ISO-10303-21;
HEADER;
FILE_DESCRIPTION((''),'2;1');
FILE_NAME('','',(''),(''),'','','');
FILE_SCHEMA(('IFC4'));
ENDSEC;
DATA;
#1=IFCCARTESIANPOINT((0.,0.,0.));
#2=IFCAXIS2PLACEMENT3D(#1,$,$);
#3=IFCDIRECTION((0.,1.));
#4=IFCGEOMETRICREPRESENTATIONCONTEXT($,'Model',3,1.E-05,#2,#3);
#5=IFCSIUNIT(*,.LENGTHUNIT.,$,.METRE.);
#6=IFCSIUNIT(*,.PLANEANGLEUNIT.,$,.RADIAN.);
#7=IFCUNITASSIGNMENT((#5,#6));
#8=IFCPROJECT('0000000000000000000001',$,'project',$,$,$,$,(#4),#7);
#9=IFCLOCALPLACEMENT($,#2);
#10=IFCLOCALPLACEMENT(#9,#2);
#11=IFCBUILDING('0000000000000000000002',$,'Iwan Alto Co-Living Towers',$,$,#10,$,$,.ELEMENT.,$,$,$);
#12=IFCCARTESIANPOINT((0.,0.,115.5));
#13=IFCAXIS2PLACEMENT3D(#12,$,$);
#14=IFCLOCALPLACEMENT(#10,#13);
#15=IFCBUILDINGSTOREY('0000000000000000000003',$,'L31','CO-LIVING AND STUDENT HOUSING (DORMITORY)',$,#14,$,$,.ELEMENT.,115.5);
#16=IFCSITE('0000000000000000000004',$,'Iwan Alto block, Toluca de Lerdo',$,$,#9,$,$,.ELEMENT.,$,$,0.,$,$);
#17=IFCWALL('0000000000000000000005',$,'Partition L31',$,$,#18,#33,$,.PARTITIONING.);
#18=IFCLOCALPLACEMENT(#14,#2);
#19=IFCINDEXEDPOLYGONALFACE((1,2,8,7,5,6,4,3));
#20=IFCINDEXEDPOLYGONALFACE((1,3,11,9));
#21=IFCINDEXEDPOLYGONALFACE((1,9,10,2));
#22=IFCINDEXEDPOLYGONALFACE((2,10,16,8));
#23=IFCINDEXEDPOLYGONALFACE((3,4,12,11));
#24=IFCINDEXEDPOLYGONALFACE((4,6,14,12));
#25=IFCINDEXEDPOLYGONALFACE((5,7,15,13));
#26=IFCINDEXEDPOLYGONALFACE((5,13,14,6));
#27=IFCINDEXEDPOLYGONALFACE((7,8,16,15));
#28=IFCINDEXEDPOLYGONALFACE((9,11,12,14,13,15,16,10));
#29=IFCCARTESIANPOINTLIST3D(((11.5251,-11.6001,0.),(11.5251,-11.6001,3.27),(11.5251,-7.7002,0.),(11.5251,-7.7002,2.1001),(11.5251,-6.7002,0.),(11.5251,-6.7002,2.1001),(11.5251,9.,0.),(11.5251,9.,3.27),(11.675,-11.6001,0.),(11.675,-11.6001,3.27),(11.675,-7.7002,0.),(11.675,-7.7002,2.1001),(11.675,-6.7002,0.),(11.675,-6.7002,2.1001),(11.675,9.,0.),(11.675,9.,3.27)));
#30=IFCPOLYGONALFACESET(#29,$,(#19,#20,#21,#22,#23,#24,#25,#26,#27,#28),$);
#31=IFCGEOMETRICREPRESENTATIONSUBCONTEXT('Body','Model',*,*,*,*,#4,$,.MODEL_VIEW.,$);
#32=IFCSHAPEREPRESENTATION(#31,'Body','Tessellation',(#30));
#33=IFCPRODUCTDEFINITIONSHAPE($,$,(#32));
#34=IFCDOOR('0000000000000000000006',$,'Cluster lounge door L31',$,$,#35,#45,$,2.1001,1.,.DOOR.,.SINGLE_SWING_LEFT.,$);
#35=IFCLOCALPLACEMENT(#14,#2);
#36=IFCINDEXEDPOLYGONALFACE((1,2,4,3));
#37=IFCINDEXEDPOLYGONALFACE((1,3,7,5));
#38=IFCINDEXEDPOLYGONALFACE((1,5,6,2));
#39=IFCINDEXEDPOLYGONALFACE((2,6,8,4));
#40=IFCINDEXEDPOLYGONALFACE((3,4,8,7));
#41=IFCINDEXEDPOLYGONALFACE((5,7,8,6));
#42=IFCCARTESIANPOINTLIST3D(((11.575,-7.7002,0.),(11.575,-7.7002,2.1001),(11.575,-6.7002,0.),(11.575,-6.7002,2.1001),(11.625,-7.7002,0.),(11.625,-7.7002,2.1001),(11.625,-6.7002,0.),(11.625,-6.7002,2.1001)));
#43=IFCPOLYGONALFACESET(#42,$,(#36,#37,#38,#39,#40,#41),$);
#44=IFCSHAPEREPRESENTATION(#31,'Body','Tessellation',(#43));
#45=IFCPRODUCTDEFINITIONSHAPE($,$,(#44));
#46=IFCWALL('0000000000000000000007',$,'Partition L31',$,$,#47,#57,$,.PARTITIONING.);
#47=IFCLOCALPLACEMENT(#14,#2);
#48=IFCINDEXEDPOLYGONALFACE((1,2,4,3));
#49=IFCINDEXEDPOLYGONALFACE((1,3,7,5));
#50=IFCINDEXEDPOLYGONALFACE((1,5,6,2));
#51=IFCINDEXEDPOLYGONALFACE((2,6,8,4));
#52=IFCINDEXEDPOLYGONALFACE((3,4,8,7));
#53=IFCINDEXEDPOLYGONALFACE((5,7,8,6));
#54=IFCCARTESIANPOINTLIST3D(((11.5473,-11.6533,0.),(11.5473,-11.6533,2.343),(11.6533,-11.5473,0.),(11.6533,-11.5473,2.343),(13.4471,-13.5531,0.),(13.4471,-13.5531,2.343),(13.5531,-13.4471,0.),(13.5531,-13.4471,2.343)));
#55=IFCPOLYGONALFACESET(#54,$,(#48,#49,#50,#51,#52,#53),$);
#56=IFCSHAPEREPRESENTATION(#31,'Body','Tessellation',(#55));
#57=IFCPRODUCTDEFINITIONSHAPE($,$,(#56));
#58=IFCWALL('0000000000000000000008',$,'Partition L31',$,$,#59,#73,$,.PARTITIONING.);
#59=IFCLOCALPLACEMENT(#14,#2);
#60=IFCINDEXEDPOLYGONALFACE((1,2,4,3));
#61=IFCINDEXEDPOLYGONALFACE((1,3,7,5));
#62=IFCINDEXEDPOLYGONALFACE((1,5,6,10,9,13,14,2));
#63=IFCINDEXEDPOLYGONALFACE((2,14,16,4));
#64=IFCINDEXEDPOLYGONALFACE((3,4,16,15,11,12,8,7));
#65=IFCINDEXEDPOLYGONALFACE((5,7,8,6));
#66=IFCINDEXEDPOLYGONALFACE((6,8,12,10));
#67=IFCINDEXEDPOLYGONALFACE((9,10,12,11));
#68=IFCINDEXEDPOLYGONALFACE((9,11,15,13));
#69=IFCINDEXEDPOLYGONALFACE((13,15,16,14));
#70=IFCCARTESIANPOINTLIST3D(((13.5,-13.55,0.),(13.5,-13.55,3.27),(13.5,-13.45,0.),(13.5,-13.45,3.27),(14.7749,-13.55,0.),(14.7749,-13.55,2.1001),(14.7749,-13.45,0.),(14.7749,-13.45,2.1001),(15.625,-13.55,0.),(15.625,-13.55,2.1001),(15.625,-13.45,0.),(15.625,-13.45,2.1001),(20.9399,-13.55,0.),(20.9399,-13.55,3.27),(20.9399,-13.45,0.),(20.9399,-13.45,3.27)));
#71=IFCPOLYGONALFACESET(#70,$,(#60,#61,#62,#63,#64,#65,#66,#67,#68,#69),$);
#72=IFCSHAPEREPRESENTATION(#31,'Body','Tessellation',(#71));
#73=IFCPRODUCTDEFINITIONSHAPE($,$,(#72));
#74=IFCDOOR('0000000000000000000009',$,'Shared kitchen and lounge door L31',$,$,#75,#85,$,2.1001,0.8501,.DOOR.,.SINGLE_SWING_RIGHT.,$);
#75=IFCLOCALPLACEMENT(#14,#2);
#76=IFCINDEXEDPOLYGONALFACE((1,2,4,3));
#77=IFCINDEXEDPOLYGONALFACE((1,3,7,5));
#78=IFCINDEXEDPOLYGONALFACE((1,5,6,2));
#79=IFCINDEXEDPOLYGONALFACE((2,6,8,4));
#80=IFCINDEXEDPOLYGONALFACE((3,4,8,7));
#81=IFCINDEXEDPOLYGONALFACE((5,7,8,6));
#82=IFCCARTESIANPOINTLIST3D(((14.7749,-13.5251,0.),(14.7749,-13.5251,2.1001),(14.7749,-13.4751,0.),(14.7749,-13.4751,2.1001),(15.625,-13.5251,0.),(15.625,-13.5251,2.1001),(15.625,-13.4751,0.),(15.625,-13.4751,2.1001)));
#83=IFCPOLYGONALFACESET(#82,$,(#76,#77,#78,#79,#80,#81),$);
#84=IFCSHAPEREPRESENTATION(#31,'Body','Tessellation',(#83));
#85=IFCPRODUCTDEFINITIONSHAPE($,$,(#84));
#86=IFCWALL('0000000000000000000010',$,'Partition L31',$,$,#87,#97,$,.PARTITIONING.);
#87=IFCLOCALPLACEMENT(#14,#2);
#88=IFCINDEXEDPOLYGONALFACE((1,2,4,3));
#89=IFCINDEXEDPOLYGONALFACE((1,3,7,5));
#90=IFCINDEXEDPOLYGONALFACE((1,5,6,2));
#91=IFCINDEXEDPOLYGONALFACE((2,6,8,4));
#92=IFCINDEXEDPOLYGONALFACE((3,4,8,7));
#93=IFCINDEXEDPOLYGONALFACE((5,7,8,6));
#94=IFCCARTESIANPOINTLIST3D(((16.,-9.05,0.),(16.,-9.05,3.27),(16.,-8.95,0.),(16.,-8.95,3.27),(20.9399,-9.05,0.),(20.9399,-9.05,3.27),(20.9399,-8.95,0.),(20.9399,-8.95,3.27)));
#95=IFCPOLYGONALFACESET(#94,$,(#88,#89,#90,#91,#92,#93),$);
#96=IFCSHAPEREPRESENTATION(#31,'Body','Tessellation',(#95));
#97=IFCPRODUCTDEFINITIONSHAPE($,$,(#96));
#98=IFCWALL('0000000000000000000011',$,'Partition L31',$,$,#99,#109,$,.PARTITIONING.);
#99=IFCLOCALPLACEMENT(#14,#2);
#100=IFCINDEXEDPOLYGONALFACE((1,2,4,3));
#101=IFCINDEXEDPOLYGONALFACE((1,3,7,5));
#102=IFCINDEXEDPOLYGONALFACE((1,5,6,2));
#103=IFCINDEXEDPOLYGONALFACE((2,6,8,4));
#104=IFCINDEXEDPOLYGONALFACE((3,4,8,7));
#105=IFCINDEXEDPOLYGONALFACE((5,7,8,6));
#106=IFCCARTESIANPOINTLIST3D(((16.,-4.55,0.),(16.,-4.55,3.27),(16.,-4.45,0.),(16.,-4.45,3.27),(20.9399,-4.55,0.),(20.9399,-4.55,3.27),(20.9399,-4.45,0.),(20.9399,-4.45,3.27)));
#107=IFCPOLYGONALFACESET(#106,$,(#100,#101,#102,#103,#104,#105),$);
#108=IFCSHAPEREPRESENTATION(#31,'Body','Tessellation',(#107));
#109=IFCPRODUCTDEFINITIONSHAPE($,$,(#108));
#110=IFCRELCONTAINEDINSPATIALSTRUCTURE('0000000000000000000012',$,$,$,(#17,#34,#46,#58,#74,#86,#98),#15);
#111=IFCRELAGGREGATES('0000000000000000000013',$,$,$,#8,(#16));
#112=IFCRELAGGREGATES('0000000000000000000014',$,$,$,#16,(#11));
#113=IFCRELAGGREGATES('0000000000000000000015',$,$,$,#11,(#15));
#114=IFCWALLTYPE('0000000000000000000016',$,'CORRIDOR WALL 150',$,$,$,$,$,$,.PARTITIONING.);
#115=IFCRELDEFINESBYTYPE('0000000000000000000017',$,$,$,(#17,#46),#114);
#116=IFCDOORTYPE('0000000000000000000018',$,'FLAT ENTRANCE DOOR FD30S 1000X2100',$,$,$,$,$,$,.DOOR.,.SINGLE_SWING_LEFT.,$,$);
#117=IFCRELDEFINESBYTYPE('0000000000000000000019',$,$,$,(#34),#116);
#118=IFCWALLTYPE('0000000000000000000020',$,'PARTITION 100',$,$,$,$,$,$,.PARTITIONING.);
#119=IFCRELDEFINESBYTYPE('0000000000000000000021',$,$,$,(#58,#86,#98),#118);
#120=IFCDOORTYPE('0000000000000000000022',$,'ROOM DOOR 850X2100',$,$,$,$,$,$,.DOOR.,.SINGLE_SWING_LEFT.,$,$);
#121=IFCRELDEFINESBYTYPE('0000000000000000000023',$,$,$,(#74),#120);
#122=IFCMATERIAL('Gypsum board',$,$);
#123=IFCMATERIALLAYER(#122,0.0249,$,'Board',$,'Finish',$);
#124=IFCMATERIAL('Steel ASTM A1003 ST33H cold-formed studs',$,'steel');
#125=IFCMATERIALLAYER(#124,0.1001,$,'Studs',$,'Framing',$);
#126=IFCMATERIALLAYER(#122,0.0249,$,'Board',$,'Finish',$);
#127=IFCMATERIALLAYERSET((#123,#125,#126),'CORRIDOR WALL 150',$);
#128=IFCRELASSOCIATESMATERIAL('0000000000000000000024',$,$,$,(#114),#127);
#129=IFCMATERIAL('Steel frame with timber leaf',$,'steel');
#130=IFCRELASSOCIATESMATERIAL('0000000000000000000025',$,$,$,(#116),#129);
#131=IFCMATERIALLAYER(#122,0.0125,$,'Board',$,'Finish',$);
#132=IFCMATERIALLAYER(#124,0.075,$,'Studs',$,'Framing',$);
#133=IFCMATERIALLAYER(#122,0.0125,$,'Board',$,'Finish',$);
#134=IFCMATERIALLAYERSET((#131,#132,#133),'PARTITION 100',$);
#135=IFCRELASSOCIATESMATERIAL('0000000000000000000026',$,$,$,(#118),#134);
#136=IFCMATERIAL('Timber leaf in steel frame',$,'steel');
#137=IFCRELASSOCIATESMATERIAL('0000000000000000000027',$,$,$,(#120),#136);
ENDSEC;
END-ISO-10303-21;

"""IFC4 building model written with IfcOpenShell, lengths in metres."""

from ifc_helpers import new_model, si_unit, direction, frame, frame_2d, origin, place, context, subcontext, project, spatial, rectangle, extrude, material, layer, layer_set, type_object, element, fill, save


model = new_model("IFC4")

# Units and contexts
model_context = context("Model", 3, precision=1e-05, world=origin(), true_north=direction((0.0, 1.0)))
body_context = subcontext(model_context, "Body", "Model", "MODEL_VIEW")
ifc_project = project(units=[si_unit("LENGTHUNIT", "METRE"), si_unit("PLANEANGLEUNIT", "RADIAN")], contexts=[model_context])

# Site, building, storey
site_placement = place(None, origin())
site = spatial("IfcSite", under=ifc_project, at=site_placement, Name="Iwan Alto block, Toluca de Lerdo", CompositionType="ELEMENT", RefElevation=0.0)
building_placement = place(site_placement, origin())
building = spatial("IfcBuilding", under=site, at=building_placement, Name="Iwan Alto Co-Living Towers", CompositionType="ELEMENT")
storey_placement = place(building_placement, frame((0.0, 0.0, 115.5)))
storey = spatial("IfcBuildingStorey", under=building, at=storey_placement, Name="L31", Description="CO-LIVING AND STUDENT HOUSING (DORMITORY)", CompositionType="ELEMENT", Elevation=115.5)

# Wall, opening, door
ifc_material_1 = material(Name="Gypsum board")
ifc_layer_1 = layer(ifc_material_1, 0.0249, Name="Board", Category="Finish")
ifc_material_2 = material(Name="Steel ASTM A1003 ST33H cold-formed studs", Category="steel")
ifc_layer_2 = layer(ifc_material_2, 0.1001, Name="Studs", Category="Framing")
ifc_layer_3 = layer(ifc_material_1, 0.0249, Name="Board", Category="Finish")
ifc_layer_set_1 = layer_set([ifc_layer_1, ifc_layer_2, ifc_layer_3], Name="CORRIDOR WALL 150")
wall_type_1 = type_object("IfcWallType", Name="CORRIDOR WALL 150", PredefinedType="PARTITIONING", material=ifc_layer_set_1)
wall_1_placement = place(storey_placement, frame((11.6001, -11.6001, 0.0), z_axis=(0.0, 0.0, 1.0), x_axis=(0.0, 1.0, 0.0)))
wall_1 = element("IfcWall", 1, at=wall_1_placement, inside=storey, type_object=wall_type_1, Name="Partition L31", PredefinedType="PARTITIONING", context=body_context, shape_type="SweptSolid", body=[
    extrude(rectangle(XDim=20.6001, YDim=0.1499, at=frame_2d((10.3, 0.0))), origin(), (0.0, 0.0, 1.0), 3.27),
])
opening_1_placement = place(wall_1_placement, frame((3.8999, 0.0, 0.0)))
opening_1 = element("IfcOpeningElement", 2, at=opening_1_placement, cuts=wall_1, PredefinedType="OPENING", context=body_context, shape_type="SweptSolid", body=[
    extrude(rectangle(XDim=1.0, YDim=2.1001, at=frame_2d((0.5, 1.05))), frame((0.0, 0.085, 0.0), z_axis=(0.0, -1.0, 0.0), x_axis=(1.0, 0.0, 0.0)), (0.0, 0.0, 1.0), 0.1699),
])
ifc_material_3 = material(Name="Steel frame with timber leaf", Category="steel")
door_type_1 = type_object("IfcDoorType", Name="FLAT ENTRANCE DOOR FD30S 1000X2100", OperationType="SINGLE_SWING_LEFT", PredefinedType="DOOR", material=ifc_material_3)
door_1_placement = place(opening_1_placement, frame((1.0, 0.0, 0.0), z_axis=(0.0, 0.0, 1.0), x_axis=(-1.0, 0.0, 0.0)))
door_1 = element("IfcDoor", 3, at=door_1_placement, inside=storey, type_object=door_type_1, Name="Cluster lounge door L31", OperationType="SINGLE_SWING_LEFT", OverallHeight=2.1001, OverallWidth=1.0, PredefinedType="DOOR", context=body_context, shape_type="SweptSolid", body=[
    extrude(rectangle(XDim=1.0, YDim=2.1001, at=frame_2d((0.5, 1.05))), frame((0.0, 0.0249, 0.0), z_axis=(0.0, -1.0, 0.0), x_axis=(1.0, 0.0, 0.0)), (0.0, 0.0, 1.0), 0.05),
])
fill(opening_1, door_1)

# Wall
wall_2_placement = place(storey_placement, frame((13.5, -13.5, 0.0), z_axis=(0.0, 0.0, 1.0), x_axis=(-0.707107, 0.707107, 0.0)))
element("IfcWall", 4, at=wall_2_placement, inside=storey, type_object=wall_type_1, Name="Partition L31", PredefinedType="PARTITIONING", context=body_context, shape_type="SweptSolid", body=[
    extrude(rectangle(XDim=2.6868, YDim=0.1499, at=frame_2d((1.3433, 0.0))), origin(), (0.0, 0.0, 1.0), 2.343),
])

# Wall, opening, door
ifc_layer_4 = layer(ifc_material_1, 0.0125, Name="Board", Category="Finish")
ifc_layer_5 = layer(ifc_material_2, 0.075, Name="Studs", Category="Framing")
ifc_layer_6 = layer(ifc_material_1, 0.0125, Name="Board", Category="Finish")
ifc_layer_set_2 = layer_set([ifc_layer_4, ifc_layer_5, ifc_layer_6], Name="PARTITION 100")
wall_type_2 = type_object("IfcWallType", Name="PARTITION 100", PredefinedType="PARTITIONING", material=ifc_layer_set_2)
wall_3_placement = place(storey_placement, frame((13.5, -13.5, 0.0), z_axis=(0.0, 0.0, 1.0), x_axis=(1.0, 0.0, 0.0)))
wall_3 = element("IfcWall", 5, at=wall_3_placement, inside=storey, type_object=wall_type_2, Name="Partition L31", PredefinedType="PARTITIONING", context=body_context, shape_type="SweptSolid", body=[
    extrude(rectangle(XDim=7.4399, YDim=0.1001, at=frame_2d((3.72, 0.0))), origin(), (0.0, 0.0, 1.0), 3.27),
])
opening_2_placement = place(wall_3_placement, frame((1.2749, 0.0, 0.0)))
opening_2 = element("IfcOpeningElement", 6, at=opening_2_placement, cuts=wall_3, PredefinedType="OPENING", context=body_context, shape_type="SweptSolid", body=[
    extrude(rectangle(XDim=0.8501, YDim=2.1001, at=frame_2d((0.425, 1.05))), frame((0.0, 0.0601, 0.0), z_axis=(0.0, -1.0, 0.0), x_axis=(1.0, 0.0, 0.0)), (0.0, 0.0, 1.0), 0.1201),
])
ifc_material_4 = material(Name="Timber leaf in steel frame", Category="steel")
door_type_2 = type_object("IfcDoorType", Name="ROOM DOOR 850X2100", OperationType="SINGLE_SWING_LEFT", PredefinedType="DOOR", material=ifc_material_4)
door_2_placement = place(opening_2_placement, origin())
door_2 = element("IfcDoor", 7, at=door_2_placement, inside=storey, type_object=door_type_2, Name="Shared kitchen and lounge door L31", OperationType="SINGLE_SWING_RIGHT", OverallHeight=2.1001, OverallWidth=0.8501, PredefinedType="DOOR", context=body_context, shape_type="SweptSolid", body=[
    extrude(rectangle(XDim=0.8501, YDim=2.1001, at=frame_2d((0.425, 1.05))), frame((0.0, 0.0249, 0.0), z_axis=(0.0, -1.0, 0.0), x_axis=(1.0, 0.0, 0.0)), (0.0, 0.0, 1.0), 0.05),
])
fill(opening_2, door_2)

# Walls
for number, where, z_axis, x_axis, name in (
    (8, (16.0, -9.0, 0.0), (0.0, 0.0, 1.0), (1.0, 0.0, 0.0), "Partition L31"),
    (9, (16.0, -4.5, 0.0), (0.0, 0.0, 1.0), (1.0, 0.0, 0.0), "Partition L31"),
):
    element("IfcWall", number, at=place(storey_placement, frame(where, z_axis=z_axis, x_axis=x_axis)), inside=storey, type_object=wall_type_2, Name=name, PredefinedType="PARTITIONING", context=body_context, shape_type="SweptSolid", body=[
        extrude(rectangle(XDim=4.9399, YDim=0.1001, at=frame_2d((2.47, 0.0))), origin(), (0.0, 0.0, 1.0), 3.27),
    ])

save(model, "model.ifc")
